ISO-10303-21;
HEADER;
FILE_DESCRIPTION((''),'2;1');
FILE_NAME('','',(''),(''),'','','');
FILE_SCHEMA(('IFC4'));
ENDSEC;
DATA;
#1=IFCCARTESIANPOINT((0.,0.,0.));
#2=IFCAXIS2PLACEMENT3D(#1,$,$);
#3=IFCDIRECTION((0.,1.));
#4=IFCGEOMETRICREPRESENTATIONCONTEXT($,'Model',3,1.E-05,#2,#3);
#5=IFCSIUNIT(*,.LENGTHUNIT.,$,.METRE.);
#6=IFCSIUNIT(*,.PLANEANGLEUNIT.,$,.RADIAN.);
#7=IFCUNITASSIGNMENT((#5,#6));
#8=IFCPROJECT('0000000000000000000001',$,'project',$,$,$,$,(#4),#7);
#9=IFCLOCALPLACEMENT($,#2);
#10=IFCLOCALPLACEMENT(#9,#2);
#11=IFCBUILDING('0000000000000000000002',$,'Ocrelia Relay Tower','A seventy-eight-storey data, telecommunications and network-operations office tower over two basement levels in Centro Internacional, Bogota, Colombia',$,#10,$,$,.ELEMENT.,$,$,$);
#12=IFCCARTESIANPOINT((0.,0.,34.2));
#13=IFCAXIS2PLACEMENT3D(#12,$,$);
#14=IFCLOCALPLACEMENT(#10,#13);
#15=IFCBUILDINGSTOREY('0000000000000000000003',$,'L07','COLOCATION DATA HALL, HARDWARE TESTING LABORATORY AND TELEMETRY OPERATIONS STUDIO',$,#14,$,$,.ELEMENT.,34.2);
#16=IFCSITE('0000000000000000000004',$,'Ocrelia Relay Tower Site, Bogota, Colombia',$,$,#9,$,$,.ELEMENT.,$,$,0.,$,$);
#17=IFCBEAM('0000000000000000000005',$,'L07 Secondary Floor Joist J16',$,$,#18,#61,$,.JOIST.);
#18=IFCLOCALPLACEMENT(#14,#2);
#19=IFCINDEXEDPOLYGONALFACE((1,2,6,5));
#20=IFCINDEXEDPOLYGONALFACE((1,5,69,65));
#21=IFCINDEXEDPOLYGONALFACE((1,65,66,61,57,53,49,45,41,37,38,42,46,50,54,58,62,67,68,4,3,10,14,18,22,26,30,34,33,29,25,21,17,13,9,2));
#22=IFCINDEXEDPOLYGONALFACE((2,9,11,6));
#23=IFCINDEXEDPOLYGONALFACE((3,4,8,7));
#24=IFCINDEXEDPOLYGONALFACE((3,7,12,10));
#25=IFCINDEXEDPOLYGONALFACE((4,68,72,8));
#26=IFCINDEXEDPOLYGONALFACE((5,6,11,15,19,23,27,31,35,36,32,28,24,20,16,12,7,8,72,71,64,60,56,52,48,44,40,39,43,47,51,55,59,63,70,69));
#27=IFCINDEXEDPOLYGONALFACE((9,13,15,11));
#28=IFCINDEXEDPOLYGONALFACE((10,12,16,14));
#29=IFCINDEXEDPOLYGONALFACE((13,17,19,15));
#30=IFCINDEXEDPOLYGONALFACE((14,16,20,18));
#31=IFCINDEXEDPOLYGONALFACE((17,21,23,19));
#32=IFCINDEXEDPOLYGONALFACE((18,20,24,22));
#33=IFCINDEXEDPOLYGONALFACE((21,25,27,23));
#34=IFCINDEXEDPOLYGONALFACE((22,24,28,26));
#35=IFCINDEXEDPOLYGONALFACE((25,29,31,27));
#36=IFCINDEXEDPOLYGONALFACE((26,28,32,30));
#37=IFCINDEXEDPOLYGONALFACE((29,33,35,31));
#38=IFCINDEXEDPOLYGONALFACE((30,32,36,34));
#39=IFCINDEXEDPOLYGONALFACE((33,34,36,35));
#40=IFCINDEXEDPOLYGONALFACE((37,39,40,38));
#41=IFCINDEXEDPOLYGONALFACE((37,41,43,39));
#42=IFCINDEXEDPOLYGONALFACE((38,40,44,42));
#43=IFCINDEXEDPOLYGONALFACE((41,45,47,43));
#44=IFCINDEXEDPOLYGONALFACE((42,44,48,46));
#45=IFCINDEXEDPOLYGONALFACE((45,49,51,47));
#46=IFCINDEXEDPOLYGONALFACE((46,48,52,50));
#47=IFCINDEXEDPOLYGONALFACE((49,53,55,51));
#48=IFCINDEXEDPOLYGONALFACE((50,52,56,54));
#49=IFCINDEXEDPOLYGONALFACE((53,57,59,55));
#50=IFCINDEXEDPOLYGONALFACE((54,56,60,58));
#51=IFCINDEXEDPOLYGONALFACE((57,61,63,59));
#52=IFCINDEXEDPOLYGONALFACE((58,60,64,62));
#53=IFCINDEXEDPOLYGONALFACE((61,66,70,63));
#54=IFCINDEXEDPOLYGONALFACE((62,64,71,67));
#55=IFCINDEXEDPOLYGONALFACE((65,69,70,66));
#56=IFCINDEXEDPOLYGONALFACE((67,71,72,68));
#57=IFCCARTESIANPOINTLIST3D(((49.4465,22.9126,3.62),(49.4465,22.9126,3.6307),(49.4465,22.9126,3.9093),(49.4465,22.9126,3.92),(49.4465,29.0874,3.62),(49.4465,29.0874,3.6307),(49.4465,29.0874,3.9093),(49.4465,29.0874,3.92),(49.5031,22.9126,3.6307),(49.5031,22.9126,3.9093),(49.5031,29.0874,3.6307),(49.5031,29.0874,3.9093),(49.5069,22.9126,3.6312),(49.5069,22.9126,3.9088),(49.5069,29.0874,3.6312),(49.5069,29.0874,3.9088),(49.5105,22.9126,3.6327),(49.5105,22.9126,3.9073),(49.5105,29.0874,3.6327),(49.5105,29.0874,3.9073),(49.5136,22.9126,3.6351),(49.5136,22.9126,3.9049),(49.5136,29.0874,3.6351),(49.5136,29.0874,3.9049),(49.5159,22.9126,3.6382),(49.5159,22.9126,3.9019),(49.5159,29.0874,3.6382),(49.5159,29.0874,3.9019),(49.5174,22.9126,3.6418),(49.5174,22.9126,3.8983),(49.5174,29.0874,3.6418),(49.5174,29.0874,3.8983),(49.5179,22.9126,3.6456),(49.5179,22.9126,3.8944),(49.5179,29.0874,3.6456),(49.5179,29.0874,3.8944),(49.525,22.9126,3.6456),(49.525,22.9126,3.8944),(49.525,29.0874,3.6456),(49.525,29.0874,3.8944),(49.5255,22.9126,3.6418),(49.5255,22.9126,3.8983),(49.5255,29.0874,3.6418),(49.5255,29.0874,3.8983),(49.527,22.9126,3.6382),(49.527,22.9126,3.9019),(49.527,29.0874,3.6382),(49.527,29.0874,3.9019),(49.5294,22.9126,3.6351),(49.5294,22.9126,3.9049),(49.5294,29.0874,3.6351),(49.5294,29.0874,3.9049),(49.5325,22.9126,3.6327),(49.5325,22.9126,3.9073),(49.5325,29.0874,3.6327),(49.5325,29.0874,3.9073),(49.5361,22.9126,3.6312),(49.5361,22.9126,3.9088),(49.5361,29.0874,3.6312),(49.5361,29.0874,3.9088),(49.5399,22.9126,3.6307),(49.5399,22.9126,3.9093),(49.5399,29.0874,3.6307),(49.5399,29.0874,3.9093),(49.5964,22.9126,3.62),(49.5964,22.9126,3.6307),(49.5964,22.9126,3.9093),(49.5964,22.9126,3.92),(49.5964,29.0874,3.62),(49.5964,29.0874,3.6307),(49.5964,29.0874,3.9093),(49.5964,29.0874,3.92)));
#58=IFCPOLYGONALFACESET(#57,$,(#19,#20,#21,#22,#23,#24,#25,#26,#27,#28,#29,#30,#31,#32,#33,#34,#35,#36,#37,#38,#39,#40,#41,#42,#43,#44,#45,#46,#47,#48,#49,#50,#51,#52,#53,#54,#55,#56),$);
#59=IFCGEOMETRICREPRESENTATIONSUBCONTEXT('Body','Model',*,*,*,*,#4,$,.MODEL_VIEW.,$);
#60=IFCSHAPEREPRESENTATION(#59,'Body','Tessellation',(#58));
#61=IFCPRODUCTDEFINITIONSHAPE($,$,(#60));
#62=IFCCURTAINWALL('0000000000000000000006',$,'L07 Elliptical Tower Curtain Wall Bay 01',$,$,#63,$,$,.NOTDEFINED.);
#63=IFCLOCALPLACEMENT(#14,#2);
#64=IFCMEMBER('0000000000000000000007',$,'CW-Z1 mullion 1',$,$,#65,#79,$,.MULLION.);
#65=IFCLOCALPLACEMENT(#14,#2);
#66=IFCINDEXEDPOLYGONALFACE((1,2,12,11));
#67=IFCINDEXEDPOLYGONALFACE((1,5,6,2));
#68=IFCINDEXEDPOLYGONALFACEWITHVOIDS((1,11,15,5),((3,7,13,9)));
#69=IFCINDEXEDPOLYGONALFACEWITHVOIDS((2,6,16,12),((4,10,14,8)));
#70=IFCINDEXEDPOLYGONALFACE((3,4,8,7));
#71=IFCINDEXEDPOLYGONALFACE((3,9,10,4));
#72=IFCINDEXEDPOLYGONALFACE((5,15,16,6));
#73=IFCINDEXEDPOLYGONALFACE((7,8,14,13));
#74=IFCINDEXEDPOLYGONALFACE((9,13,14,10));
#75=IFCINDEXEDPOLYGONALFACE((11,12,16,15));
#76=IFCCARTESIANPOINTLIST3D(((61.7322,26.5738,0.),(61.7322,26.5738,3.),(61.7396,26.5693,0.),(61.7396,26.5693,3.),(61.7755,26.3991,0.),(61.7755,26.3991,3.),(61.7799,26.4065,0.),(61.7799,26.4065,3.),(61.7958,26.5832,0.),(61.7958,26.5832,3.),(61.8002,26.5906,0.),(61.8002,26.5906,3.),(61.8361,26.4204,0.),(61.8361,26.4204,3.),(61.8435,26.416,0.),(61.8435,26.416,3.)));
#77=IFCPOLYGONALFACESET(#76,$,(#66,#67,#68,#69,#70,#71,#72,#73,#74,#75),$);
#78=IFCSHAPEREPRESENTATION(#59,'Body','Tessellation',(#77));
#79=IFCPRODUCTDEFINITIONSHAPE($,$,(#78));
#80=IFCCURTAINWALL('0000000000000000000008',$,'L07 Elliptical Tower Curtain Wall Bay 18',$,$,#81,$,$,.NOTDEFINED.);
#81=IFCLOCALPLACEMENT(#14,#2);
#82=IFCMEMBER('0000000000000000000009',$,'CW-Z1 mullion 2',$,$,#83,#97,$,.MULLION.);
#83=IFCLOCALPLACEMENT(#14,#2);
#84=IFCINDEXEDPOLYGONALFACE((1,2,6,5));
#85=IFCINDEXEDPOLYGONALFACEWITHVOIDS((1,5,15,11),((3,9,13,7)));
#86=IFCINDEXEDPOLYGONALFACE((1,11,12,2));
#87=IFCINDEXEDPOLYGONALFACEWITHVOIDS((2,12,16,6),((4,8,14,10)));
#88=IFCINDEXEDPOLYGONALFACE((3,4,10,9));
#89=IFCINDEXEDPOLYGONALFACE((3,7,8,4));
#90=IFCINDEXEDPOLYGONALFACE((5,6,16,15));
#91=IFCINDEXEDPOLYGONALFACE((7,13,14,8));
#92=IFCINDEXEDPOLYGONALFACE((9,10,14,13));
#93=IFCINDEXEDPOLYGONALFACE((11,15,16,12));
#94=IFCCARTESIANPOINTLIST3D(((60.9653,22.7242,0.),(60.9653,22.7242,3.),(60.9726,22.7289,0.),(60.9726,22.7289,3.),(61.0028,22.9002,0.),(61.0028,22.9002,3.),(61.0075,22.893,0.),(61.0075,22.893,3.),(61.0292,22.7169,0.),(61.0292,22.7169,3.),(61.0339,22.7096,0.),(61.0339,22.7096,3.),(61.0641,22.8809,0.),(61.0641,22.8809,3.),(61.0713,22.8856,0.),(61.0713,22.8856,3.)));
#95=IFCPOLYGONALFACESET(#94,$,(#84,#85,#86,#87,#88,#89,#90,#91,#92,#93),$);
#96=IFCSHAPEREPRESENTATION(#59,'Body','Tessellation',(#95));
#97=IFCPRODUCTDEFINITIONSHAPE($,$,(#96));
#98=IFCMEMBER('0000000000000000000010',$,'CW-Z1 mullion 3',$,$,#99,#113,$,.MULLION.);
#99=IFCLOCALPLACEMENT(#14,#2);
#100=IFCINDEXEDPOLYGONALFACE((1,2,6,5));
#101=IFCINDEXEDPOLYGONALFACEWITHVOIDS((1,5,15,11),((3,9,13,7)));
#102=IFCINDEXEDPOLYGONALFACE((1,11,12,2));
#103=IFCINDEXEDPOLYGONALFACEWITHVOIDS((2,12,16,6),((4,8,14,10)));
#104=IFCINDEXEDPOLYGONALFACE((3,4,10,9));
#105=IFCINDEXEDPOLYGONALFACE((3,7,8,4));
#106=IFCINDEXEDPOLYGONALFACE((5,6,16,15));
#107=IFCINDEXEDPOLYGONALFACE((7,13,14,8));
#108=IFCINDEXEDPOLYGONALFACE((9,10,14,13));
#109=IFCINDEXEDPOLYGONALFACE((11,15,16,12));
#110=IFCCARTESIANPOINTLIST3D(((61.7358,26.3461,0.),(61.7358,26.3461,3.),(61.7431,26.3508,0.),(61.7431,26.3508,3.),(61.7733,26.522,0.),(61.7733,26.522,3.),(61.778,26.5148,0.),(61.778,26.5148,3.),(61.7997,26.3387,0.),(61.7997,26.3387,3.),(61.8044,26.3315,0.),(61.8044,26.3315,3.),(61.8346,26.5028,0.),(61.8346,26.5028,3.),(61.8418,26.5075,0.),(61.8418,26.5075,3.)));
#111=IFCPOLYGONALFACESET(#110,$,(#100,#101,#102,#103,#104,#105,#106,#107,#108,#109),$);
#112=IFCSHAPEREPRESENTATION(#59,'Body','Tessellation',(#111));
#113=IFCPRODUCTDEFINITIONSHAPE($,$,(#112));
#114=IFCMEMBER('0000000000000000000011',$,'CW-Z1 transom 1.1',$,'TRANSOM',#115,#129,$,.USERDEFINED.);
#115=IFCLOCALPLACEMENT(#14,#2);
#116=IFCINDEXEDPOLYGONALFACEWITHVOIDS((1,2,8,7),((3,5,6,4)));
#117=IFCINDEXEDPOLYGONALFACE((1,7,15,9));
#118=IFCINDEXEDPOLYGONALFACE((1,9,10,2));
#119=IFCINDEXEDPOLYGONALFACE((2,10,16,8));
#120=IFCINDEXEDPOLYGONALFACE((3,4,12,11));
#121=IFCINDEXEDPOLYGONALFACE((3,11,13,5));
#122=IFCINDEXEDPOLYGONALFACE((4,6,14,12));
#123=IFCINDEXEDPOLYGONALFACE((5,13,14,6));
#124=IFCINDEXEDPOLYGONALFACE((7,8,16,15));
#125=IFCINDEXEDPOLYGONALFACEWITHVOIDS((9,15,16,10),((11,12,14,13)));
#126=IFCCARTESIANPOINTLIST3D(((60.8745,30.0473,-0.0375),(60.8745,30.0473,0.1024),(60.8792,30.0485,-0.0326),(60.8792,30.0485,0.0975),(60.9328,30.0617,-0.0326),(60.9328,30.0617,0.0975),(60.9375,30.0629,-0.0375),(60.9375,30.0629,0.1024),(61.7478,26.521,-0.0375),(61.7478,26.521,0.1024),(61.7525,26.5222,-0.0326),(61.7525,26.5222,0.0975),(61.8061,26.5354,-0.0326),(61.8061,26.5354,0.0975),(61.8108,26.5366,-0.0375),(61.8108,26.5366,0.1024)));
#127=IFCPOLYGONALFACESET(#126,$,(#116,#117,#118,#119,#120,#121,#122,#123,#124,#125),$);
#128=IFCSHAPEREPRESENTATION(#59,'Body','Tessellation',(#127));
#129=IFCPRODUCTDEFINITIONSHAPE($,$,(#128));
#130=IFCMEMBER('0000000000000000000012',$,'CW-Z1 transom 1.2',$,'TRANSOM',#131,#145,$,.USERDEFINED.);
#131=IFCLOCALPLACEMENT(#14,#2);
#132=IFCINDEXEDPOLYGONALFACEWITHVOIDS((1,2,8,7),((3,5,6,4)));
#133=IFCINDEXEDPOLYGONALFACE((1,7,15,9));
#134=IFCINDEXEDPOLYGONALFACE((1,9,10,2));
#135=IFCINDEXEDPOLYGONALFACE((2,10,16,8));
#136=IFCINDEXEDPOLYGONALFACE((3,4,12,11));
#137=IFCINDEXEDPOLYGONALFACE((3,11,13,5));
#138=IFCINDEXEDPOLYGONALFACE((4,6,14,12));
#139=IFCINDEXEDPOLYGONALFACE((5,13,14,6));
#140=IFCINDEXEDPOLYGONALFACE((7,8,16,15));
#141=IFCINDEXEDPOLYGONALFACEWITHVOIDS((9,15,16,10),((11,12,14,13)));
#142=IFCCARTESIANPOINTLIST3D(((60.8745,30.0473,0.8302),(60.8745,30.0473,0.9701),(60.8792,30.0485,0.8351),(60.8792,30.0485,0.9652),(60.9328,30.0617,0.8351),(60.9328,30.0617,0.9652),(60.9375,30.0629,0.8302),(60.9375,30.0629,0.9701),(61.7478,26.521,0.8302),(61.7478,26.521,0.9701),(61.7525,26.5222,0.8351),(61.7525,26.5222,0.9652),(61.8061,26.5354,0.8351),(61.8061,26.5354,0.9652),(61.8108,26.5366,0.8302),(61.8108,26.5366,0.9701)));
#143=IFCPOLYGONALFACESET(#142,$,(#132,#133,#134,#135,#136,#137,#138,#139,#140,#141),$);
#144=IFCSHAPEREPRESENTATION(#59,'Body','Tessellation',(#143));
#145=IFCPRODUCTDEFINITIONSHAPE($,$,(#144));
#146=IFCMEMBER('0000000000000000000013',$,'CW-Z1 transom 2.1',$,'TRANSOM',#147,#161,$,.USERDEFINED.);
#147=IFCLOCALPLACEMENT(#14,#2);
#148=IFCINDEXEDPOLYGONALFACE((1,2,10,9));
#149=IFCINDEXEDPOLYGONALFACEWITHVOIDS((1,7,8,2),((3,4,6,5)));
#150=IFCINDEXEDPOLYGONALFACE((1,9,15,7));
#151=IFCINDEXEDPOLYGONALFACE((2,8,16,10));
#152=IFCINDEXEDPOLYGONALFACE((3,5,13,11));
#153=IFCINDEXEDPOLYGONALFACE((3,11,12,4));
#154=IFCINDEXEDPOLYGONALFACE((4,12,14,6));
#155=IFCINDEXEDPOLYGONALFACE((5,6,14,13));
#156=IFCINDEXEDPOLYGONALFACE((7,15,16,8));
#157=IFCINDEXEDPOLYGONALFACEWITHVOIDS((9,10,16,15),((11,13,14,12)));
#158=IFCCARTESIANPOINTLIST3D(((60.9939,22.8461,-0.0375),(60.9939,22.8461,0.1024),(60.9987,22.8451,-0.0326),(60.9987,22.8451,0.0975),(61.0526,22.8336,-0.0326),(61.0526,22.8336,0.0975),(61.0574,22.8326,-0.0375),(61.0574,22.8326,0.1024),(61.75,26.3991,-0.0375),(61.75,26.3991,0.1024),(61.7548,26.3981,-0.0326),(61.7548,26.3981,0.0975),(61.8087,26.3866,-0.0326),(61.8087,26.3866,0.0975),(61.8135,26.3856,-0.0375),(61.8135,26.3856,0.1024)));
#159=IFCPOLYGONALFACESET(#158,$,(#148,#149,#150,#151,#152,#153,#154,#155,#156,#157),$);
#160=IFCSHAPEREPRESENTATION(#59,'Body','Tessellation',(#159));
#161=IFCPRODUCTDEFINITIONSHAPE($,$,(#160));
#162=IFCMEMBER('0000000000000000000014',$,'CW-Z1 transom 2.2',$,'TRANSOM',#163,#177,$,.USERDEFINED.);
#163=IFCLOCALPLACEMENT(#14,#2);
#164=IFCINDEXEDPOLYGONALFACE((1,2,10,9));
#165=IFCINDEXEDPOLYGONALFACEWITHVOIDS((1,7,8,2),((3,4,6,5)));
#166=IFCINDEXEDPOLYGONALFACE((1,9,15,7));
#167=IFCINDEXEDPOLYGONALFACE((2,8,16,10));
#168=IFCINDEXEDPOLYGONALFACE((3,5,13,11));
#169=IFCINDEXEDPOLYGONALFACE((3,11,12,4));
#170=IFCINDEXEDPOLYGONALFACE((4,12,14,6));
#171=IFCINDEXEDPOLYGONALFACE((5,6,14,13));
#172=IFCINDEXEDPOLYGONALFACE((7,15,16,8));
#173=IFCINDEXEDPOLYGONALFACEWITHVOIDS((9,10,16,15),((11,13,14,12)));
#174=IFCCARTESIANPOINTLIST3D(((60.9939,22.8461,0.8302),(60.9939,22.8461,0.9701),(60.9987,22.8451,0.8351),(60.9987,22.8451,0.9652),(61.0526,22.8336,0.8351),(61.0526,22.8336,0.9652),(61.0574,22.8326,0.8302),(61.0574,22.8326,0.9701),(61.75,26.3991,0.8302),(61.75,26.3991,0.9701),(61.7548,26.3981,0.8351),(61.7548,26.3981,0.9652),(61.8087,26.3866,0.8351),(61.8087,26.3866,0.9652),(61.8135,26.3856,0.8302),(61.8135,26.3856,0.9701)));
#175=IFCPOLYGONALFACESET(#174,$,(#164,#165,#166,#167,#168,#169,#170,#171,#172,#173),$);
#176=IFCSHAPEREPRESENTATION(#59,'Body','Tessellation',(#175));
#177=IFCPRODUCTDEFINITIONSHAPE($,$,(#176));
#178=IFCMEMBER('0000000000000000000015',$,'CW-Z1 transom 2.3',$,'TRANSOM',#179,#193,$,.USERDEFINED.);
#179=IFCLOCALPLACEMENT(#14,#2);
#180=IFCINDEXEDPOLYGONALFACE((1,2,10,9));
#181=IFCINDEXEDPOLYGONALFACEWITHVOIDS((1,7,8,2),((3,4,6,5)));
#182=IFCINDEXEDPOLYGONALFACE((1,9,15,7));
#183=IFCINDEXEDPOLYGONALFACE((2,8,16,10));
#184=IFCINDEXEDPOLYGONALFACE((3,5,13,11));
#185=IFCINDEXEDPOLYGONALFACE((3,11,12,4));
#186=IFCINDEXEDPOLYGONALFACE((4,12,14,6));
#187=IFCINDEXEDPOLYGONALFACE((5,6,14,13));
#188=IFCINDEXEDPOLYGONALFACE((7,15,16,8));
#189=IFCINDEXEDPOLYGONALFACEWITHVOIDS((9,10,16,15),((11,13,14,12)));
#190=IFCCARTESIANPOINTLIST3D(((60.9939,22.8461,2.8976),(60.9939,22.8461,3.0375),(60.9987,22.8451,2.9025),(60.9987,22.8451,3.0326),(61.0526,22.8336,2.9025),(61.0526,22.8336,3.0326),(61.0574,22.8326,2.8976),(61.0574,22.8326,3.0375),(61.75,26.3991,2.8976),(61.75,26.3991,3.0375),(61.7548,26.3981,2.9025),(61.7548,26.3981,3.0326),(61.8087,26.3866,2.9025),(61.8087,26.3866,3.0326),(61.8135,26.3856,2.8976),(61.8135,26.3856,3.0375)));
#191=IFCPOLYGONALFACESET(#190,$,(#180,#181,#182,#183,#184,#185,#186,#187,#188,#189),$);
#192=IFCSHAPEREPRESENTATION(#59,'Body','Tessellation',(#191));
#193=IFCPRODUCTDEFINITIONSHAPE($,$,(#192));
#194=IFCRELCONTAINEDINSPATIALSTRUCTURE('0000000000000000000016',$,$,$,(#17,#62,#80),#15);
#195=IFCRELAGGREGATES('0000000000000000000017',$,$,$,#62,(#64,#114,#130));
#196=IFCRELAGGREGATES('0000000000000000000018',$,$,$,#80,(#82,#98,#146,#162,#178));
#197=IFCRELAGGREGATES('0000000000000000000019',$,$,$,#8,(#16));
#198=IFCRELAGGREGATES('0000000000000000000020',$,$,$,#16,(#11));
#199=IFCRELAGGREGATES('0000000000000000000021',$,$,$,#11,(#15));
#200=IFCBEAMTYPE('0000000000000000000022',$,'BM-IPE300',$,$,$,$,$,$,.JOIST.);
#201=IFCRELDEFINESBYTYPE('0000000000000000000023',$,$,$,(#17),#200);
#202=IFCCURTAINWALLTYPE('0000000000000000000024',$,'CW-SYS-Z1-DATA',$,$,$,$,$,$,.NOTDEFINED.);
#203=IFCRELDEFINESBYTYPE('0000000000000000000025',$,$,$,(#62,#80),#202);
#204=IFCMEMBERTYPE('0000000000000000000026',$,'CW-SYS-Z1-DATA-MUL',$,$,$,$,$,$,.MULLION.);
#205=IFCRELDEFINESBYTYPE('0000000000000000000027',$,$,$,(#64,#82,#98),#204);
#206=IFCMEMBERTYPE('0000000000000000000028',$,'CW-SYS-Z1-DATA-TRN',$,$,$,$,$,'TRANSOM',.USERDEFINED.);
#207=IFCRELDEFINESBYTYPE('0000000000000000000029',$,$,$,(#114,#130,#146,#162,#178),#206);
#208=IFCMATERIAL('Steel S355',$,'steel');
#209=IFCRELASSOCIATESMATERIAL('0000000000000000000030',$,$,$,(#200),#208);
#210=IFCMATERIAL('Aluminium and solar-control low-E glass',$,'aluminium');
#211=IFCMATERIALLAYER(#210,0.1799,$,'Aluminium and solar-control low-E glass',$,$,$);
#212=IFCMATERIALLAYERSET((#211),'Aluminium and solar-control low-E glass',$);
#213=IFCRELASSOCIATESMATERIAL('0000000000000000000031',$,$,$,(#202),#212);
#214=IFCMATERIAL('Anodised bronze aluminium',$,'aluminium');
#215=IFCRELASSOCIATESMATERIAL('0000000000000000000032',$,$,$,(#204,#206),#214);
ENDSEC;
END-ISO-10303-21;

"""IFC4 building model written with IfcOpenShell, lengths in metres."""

from ifc_helpers import new_model, si_unit, direction, frame, origin, origin_2d, place, context, subcontext, project, spatial, hollow_rectangle, i_section, extrude, material, layer, layer_set, material_profile, profile_set, type_object, element, aggregate, save


model = new_model("IFC4")

# Units and contexts
model_context = context("Model", 3, precision=1e-05, world=origin(), true_north=direction((0.0, 1.0)))
body_context = subcontext(model_context, "Body", "Model", "MODEL_VIEW")
ifc_project = project(units=[si_unit("LENGTHUNIT", "METRE"), si_unit("PLANEANGLEUNIT", "RADIAN")], contexts=[model_context])

# Site, building, storey
site_placement = place(None, origin())
site = spatial("IfcSite", under=ifc_project, at=site_placement, Name="Ocrelia Relay Tower Site, Bogota, Colombia", CompositionType="ELEMENT", RefElevation=0.0)
building_placement = place(site_placement, origin())
building = spatial("IfcBuilding", under=site, at=building_placement, Name="Ocrelia Relay Tower", Description="A seventy-eight-storey data, telecommunications and network-operations office tower over two basement levels in Centro Internacional, Bogota, Colombia", CompositionType="ELEMENT")
storey_placement = place(building_placement, frame((0.0, 0.0, 34.2)))
storey = spatial("IfcBuildingStorey", under=building, at=storey_placement, Name="L07", Description="COLOCATION DATA HALL, HARDWARE TESTING LABORATORY AND TELEMETRY OPERATIONS STUDIO", CompositionType="ELEMENT", Elevation=34.2)

# Beam
ifc_material_1 = material(Name="Steel S355", Category="steel")
ifc_material_profile_1 = material_profile(ifc_material_1, i_section(OverallWidth=0.1499, OverallDepth=0.3, WebThickness=0.0071, FlangeThickness=0.0107, FilletRadius=0.0149, at=origin_2d()), Name="IPE 300")
ifc_profile_set_1 = profile_set([ifc_material_profile_1], Name="Steel S355")
beam_type_1 = type_object("IfcBeamType", Name="BM-IPE300", PredefinedType="JOIST", material=ifc_profile_set_1)
beam_1_placement = place(storey_placement, frame((49.5215, 22.9126, 3.77), z_axis=(0.0, 1.0, 0.0), x_axis=(-1.0, 0.0, 0.0)))
element("IfcBeam", 1, at=beam_1_placement, inside=storey, type_object=beam_type_1, Name="L07 Secondary Floor Joist J16", PredefinedType="JOIST", context=body_context, shape_type="SweptSolid", body=[
    extrude(i_section(OverallWidth=0.1499, OverallDepth=0.3, WebThickness=0.0071, FlangeThickness=0.0107, FilletRadius=0.0149, at=origin_2d()), origin(), (0.0, 0.0, 1.0), 6.1748),
])

# Curtain wall, member
ifc_material_2 = material(Name="Aluminium and solar-control low-E glass", Category="aluminium")
ifc_layer_1 = layer(ifc_material_2, 0.1799, Name="Aluminium and solar-control low-E glass")
ifc_layer_set_1 = layer_set([ifc_layer_1], Name="Aluminium and solar-control low-E glass")
curtain_wall_type = type_object("IfcCurtainWallType", Name="CW-SYS-Z1-DATA", PredefinedType="NOTDEFINED", material=ifc_layer_set_1)
curtain_wall_1_placement = place(storey_placement, origin())
curtain_wall_1 = element("IfcCurtainWall", 2, at=curtain_wall_1_placement, inside=storey, type_object=curtain_wall_type, Name="L07 Elliptical Tower Curtain Wall Bay 01", PredefinedType="NOTDEFINED")
ifc_material_3 = material(Name="Anodised bronze aluminium", Category="aluminium")
ifc_material_profile_2 = material_profile(ifc_material_3, hollow_rectangle(XDim=0.0701, YDim=0.1799, WallThickness=0.0061, at=origin_2d()), Name="CW-MUL-180x70")
ifc_profile_set_2 = profile_set([ifc_material_profile_2], Name="Anodised bronze aluminium")
member_type_1 = type_object("IfcMemberType", Name="CW-SYS-Z1-DATA-MUL", PredefinedType="MULLION", material=ifc_profile_set_2)
member_1_placement = place(storey_placement, frame((61.7878, 26.4949, 0.0), z_axis=(0.0, 0.0, 1.0), x_axis=(-0.970674, -0.240398, 0.0)))
member_1 = element("IfcMember", 3, at=member_1_placement, type_object=member_type_1, Name="CW-Z1 mullion 1", PredefinedType="MULLION", context=body_context, shape_type="SweptSolid", body=[
    extrude(hollow_rectangle(XDim=0.0701, YDim=0.1799, WallThickness=0.0061, at=origin_2d()), origin(), (0.0, 0.0, 1.0), 3.0),
])

# Curtain wall, members
curtain_wall_2_placement = place(storey_placement, origin())
curtain_wall_2 = element("IfcCurtainWall", 4, at=curtain_wall_2_placement, inside=storey, type_object=curtain_wall_type, Name="L07 Elliptical Tower Curtain Wall Bay 18", PredefinedType="NOTDEFINED")
member_2_placement = place(storey_placement, frame((61.0183, 22.8049, 0.0), z_axis=(0.0, 0.0, 1.0), x_axis=(-0.978109, 0.208095, 0.0)))
member_2 = element("IfcMember", 5, at=member_2_placement, type_object=member_type_1, Name="CW-Z1 mullion 2", PredefinedType="MULLION", context=body_context, shape_type="SweptSolid", body=[
    extrude(hollow_rectangle(XDim=0.0701, YDim=0.1799, WallThickness=0.0061, at=origin_2d()), origin(), (0.0, 0.0, 1.0), 3.0),
])
member_3_placement = place(storey_placement, frame((61.7888, 26.4268, 0.0), z_axis=(0.0, 0.0, 1.0), x_axis=(-0.978109, 0.208095, 0.0)))
member_3 = element("IfcMember", 6, at=member_3_placement, type_object=member_type_1, Name="CW-Z1 mullion 3", PredefinedType="MULLION", context=body_context, shape_type="SweptSolid", body=[
    extrude(hollow_rectangle(XDim=0.0701, YDim=0.1799, WallThickness=0.0061, at=origin_2d()), origin(), (0.0, 0.0, 1.0), 3.0),
])

# Members
ifc_material_profile_3 = material_profile(ifc_material_3, hollow_rectangle(XDim=0.0649, YDim=0.1399, WallThickness=0.0049, at=origin_2d()), Name="CW-TRN-140x65")
ifc_profile_set_3 = profile_set([ifc_material_profile_3], Name="Anodised bronze aluminium")
member_type_2 = type_object("IfcMemberType", Name="CW-SYS-Z1-DATA-TRN", ElementType="TRANSOM", PredefinedType="USERDEFINED", material=ifc_profile_set_3)
member_4_placement = place(storey_placement, frame((61.7793, 26.5288, 0.0325), z_axis=(-0.240385, 0.970678, 0.0), x_axis=(-0.970678, -0.240385, 0.0)))
member_4 = element("IfcMember", 7, at=member_4_placement, type_object=member_type_2, Name="CW-Z1 transom 1.1", ObjectType="TRANSOM", PredefinedType="USERDEFINED", context=body_context, shape_type="SweptSolid", body=[
    extrude(hollow_rectangle(XDim=0.0649, YDim=0.1399, WallThickness=0.0049, at=origin_2d()), origin(), (0.0, 0.0, 1.0), 3.6328),
])
member_5_placement = place(storey_placement, frame((61.7793, 26.5288, 0.9001), z_axis=(-0.240385, 0.970678, 0.0), x_axis=(-0.970678, -0.240385, 0.0)))
member_5 = element("IfcMember", 8, at=member_5_placement, type_object=member_type_2, Name="CW-Z1 transom 1.2", ObjectType="TRANSOM", PredefinedType="USERDEFINED", context=body_context, shape_type="SweptSolid", body=[
    extrude(hollow_rectangle(XDim=0.0649, YDim=0.1399, WallThickness=0.0049, at=origin_2d()), origin(), (0.0, 0.0, 1.0), 3.6328),
])
aggregate(curtain_wall_1, [member_1, member_4, member_5])
member_6_placement = place(storey_placement, frame((61.0256, 22.8394, 0.0325), z_axis=(0.208147, 0.978097, 0.0), x_axis=(-0.978097, 0.208147, 0.0)))
member_6 = element("IfcMember", 9, at=member_6_placement, type_object=member_type_2, Name="CW-Z1 transom 2.1", ObjectType="TRANSOM", PredefinedType="USERDEFINED", context=body_context, shape_type="SweptSolid", body=[
    extrude(hollow_rectangle(XDim=0.0649, YDim=0.1399, WallThickness=0.0049, at=origin_2d()), origin(), (0.0, 0.0, 1.0), 3.6326),
])
member_7_placement = place(storey_placement, frame((61.0256, 22.8394, 0.9001), z_axis=(0.208147, 0.978097, 0.0), x_axis=(-0.978097, 0.208147, 0.0)))
member_7 = element("IfcMember", 10, at=member_7_placement, type_object=member_type_2, Name="CW-Z1 transom 2.2", ObjectType="TRANSOM", PredefinedType="USERDEFINED", context=body_context, shape_type="SweptSolid", body=[
    extrude(hollow_rectangle(XDim=0.0649, YDim=0.1399, WallThickness=0.0049, at=origin_2d()), origin(), (0.0, 0.0, 1.0), 3.6326),
])
member_8_placement = place(storey_placement, frame((61.0256, 22.8394, 2.9675), z_axis=(0.208147, 0.978097, 0.0), x_axis=(-0.978097, 0.208147, 0.0)))
member_8 = element("IfcMember", 11, at=member_8_placement, type_object=member_type_2, Name="CW-Z1 transom 2.3", ObjectType="TRANSOM", PredefinedType="USERDEFINED", context=body_context, shape_type="SweptSolid", body=[
    extrude(hollow_rectangle(XDim=0.0649, YDim=0.1399, WallThickness=0.0049, at=origin_2d()), origin(), (0.0, 0.0, 1.0), 3.6326),
])

aggregate(curtain_wall_2, [member_2, member_3, member_6, member_7, member_8])

save(model, "model.ifc")
